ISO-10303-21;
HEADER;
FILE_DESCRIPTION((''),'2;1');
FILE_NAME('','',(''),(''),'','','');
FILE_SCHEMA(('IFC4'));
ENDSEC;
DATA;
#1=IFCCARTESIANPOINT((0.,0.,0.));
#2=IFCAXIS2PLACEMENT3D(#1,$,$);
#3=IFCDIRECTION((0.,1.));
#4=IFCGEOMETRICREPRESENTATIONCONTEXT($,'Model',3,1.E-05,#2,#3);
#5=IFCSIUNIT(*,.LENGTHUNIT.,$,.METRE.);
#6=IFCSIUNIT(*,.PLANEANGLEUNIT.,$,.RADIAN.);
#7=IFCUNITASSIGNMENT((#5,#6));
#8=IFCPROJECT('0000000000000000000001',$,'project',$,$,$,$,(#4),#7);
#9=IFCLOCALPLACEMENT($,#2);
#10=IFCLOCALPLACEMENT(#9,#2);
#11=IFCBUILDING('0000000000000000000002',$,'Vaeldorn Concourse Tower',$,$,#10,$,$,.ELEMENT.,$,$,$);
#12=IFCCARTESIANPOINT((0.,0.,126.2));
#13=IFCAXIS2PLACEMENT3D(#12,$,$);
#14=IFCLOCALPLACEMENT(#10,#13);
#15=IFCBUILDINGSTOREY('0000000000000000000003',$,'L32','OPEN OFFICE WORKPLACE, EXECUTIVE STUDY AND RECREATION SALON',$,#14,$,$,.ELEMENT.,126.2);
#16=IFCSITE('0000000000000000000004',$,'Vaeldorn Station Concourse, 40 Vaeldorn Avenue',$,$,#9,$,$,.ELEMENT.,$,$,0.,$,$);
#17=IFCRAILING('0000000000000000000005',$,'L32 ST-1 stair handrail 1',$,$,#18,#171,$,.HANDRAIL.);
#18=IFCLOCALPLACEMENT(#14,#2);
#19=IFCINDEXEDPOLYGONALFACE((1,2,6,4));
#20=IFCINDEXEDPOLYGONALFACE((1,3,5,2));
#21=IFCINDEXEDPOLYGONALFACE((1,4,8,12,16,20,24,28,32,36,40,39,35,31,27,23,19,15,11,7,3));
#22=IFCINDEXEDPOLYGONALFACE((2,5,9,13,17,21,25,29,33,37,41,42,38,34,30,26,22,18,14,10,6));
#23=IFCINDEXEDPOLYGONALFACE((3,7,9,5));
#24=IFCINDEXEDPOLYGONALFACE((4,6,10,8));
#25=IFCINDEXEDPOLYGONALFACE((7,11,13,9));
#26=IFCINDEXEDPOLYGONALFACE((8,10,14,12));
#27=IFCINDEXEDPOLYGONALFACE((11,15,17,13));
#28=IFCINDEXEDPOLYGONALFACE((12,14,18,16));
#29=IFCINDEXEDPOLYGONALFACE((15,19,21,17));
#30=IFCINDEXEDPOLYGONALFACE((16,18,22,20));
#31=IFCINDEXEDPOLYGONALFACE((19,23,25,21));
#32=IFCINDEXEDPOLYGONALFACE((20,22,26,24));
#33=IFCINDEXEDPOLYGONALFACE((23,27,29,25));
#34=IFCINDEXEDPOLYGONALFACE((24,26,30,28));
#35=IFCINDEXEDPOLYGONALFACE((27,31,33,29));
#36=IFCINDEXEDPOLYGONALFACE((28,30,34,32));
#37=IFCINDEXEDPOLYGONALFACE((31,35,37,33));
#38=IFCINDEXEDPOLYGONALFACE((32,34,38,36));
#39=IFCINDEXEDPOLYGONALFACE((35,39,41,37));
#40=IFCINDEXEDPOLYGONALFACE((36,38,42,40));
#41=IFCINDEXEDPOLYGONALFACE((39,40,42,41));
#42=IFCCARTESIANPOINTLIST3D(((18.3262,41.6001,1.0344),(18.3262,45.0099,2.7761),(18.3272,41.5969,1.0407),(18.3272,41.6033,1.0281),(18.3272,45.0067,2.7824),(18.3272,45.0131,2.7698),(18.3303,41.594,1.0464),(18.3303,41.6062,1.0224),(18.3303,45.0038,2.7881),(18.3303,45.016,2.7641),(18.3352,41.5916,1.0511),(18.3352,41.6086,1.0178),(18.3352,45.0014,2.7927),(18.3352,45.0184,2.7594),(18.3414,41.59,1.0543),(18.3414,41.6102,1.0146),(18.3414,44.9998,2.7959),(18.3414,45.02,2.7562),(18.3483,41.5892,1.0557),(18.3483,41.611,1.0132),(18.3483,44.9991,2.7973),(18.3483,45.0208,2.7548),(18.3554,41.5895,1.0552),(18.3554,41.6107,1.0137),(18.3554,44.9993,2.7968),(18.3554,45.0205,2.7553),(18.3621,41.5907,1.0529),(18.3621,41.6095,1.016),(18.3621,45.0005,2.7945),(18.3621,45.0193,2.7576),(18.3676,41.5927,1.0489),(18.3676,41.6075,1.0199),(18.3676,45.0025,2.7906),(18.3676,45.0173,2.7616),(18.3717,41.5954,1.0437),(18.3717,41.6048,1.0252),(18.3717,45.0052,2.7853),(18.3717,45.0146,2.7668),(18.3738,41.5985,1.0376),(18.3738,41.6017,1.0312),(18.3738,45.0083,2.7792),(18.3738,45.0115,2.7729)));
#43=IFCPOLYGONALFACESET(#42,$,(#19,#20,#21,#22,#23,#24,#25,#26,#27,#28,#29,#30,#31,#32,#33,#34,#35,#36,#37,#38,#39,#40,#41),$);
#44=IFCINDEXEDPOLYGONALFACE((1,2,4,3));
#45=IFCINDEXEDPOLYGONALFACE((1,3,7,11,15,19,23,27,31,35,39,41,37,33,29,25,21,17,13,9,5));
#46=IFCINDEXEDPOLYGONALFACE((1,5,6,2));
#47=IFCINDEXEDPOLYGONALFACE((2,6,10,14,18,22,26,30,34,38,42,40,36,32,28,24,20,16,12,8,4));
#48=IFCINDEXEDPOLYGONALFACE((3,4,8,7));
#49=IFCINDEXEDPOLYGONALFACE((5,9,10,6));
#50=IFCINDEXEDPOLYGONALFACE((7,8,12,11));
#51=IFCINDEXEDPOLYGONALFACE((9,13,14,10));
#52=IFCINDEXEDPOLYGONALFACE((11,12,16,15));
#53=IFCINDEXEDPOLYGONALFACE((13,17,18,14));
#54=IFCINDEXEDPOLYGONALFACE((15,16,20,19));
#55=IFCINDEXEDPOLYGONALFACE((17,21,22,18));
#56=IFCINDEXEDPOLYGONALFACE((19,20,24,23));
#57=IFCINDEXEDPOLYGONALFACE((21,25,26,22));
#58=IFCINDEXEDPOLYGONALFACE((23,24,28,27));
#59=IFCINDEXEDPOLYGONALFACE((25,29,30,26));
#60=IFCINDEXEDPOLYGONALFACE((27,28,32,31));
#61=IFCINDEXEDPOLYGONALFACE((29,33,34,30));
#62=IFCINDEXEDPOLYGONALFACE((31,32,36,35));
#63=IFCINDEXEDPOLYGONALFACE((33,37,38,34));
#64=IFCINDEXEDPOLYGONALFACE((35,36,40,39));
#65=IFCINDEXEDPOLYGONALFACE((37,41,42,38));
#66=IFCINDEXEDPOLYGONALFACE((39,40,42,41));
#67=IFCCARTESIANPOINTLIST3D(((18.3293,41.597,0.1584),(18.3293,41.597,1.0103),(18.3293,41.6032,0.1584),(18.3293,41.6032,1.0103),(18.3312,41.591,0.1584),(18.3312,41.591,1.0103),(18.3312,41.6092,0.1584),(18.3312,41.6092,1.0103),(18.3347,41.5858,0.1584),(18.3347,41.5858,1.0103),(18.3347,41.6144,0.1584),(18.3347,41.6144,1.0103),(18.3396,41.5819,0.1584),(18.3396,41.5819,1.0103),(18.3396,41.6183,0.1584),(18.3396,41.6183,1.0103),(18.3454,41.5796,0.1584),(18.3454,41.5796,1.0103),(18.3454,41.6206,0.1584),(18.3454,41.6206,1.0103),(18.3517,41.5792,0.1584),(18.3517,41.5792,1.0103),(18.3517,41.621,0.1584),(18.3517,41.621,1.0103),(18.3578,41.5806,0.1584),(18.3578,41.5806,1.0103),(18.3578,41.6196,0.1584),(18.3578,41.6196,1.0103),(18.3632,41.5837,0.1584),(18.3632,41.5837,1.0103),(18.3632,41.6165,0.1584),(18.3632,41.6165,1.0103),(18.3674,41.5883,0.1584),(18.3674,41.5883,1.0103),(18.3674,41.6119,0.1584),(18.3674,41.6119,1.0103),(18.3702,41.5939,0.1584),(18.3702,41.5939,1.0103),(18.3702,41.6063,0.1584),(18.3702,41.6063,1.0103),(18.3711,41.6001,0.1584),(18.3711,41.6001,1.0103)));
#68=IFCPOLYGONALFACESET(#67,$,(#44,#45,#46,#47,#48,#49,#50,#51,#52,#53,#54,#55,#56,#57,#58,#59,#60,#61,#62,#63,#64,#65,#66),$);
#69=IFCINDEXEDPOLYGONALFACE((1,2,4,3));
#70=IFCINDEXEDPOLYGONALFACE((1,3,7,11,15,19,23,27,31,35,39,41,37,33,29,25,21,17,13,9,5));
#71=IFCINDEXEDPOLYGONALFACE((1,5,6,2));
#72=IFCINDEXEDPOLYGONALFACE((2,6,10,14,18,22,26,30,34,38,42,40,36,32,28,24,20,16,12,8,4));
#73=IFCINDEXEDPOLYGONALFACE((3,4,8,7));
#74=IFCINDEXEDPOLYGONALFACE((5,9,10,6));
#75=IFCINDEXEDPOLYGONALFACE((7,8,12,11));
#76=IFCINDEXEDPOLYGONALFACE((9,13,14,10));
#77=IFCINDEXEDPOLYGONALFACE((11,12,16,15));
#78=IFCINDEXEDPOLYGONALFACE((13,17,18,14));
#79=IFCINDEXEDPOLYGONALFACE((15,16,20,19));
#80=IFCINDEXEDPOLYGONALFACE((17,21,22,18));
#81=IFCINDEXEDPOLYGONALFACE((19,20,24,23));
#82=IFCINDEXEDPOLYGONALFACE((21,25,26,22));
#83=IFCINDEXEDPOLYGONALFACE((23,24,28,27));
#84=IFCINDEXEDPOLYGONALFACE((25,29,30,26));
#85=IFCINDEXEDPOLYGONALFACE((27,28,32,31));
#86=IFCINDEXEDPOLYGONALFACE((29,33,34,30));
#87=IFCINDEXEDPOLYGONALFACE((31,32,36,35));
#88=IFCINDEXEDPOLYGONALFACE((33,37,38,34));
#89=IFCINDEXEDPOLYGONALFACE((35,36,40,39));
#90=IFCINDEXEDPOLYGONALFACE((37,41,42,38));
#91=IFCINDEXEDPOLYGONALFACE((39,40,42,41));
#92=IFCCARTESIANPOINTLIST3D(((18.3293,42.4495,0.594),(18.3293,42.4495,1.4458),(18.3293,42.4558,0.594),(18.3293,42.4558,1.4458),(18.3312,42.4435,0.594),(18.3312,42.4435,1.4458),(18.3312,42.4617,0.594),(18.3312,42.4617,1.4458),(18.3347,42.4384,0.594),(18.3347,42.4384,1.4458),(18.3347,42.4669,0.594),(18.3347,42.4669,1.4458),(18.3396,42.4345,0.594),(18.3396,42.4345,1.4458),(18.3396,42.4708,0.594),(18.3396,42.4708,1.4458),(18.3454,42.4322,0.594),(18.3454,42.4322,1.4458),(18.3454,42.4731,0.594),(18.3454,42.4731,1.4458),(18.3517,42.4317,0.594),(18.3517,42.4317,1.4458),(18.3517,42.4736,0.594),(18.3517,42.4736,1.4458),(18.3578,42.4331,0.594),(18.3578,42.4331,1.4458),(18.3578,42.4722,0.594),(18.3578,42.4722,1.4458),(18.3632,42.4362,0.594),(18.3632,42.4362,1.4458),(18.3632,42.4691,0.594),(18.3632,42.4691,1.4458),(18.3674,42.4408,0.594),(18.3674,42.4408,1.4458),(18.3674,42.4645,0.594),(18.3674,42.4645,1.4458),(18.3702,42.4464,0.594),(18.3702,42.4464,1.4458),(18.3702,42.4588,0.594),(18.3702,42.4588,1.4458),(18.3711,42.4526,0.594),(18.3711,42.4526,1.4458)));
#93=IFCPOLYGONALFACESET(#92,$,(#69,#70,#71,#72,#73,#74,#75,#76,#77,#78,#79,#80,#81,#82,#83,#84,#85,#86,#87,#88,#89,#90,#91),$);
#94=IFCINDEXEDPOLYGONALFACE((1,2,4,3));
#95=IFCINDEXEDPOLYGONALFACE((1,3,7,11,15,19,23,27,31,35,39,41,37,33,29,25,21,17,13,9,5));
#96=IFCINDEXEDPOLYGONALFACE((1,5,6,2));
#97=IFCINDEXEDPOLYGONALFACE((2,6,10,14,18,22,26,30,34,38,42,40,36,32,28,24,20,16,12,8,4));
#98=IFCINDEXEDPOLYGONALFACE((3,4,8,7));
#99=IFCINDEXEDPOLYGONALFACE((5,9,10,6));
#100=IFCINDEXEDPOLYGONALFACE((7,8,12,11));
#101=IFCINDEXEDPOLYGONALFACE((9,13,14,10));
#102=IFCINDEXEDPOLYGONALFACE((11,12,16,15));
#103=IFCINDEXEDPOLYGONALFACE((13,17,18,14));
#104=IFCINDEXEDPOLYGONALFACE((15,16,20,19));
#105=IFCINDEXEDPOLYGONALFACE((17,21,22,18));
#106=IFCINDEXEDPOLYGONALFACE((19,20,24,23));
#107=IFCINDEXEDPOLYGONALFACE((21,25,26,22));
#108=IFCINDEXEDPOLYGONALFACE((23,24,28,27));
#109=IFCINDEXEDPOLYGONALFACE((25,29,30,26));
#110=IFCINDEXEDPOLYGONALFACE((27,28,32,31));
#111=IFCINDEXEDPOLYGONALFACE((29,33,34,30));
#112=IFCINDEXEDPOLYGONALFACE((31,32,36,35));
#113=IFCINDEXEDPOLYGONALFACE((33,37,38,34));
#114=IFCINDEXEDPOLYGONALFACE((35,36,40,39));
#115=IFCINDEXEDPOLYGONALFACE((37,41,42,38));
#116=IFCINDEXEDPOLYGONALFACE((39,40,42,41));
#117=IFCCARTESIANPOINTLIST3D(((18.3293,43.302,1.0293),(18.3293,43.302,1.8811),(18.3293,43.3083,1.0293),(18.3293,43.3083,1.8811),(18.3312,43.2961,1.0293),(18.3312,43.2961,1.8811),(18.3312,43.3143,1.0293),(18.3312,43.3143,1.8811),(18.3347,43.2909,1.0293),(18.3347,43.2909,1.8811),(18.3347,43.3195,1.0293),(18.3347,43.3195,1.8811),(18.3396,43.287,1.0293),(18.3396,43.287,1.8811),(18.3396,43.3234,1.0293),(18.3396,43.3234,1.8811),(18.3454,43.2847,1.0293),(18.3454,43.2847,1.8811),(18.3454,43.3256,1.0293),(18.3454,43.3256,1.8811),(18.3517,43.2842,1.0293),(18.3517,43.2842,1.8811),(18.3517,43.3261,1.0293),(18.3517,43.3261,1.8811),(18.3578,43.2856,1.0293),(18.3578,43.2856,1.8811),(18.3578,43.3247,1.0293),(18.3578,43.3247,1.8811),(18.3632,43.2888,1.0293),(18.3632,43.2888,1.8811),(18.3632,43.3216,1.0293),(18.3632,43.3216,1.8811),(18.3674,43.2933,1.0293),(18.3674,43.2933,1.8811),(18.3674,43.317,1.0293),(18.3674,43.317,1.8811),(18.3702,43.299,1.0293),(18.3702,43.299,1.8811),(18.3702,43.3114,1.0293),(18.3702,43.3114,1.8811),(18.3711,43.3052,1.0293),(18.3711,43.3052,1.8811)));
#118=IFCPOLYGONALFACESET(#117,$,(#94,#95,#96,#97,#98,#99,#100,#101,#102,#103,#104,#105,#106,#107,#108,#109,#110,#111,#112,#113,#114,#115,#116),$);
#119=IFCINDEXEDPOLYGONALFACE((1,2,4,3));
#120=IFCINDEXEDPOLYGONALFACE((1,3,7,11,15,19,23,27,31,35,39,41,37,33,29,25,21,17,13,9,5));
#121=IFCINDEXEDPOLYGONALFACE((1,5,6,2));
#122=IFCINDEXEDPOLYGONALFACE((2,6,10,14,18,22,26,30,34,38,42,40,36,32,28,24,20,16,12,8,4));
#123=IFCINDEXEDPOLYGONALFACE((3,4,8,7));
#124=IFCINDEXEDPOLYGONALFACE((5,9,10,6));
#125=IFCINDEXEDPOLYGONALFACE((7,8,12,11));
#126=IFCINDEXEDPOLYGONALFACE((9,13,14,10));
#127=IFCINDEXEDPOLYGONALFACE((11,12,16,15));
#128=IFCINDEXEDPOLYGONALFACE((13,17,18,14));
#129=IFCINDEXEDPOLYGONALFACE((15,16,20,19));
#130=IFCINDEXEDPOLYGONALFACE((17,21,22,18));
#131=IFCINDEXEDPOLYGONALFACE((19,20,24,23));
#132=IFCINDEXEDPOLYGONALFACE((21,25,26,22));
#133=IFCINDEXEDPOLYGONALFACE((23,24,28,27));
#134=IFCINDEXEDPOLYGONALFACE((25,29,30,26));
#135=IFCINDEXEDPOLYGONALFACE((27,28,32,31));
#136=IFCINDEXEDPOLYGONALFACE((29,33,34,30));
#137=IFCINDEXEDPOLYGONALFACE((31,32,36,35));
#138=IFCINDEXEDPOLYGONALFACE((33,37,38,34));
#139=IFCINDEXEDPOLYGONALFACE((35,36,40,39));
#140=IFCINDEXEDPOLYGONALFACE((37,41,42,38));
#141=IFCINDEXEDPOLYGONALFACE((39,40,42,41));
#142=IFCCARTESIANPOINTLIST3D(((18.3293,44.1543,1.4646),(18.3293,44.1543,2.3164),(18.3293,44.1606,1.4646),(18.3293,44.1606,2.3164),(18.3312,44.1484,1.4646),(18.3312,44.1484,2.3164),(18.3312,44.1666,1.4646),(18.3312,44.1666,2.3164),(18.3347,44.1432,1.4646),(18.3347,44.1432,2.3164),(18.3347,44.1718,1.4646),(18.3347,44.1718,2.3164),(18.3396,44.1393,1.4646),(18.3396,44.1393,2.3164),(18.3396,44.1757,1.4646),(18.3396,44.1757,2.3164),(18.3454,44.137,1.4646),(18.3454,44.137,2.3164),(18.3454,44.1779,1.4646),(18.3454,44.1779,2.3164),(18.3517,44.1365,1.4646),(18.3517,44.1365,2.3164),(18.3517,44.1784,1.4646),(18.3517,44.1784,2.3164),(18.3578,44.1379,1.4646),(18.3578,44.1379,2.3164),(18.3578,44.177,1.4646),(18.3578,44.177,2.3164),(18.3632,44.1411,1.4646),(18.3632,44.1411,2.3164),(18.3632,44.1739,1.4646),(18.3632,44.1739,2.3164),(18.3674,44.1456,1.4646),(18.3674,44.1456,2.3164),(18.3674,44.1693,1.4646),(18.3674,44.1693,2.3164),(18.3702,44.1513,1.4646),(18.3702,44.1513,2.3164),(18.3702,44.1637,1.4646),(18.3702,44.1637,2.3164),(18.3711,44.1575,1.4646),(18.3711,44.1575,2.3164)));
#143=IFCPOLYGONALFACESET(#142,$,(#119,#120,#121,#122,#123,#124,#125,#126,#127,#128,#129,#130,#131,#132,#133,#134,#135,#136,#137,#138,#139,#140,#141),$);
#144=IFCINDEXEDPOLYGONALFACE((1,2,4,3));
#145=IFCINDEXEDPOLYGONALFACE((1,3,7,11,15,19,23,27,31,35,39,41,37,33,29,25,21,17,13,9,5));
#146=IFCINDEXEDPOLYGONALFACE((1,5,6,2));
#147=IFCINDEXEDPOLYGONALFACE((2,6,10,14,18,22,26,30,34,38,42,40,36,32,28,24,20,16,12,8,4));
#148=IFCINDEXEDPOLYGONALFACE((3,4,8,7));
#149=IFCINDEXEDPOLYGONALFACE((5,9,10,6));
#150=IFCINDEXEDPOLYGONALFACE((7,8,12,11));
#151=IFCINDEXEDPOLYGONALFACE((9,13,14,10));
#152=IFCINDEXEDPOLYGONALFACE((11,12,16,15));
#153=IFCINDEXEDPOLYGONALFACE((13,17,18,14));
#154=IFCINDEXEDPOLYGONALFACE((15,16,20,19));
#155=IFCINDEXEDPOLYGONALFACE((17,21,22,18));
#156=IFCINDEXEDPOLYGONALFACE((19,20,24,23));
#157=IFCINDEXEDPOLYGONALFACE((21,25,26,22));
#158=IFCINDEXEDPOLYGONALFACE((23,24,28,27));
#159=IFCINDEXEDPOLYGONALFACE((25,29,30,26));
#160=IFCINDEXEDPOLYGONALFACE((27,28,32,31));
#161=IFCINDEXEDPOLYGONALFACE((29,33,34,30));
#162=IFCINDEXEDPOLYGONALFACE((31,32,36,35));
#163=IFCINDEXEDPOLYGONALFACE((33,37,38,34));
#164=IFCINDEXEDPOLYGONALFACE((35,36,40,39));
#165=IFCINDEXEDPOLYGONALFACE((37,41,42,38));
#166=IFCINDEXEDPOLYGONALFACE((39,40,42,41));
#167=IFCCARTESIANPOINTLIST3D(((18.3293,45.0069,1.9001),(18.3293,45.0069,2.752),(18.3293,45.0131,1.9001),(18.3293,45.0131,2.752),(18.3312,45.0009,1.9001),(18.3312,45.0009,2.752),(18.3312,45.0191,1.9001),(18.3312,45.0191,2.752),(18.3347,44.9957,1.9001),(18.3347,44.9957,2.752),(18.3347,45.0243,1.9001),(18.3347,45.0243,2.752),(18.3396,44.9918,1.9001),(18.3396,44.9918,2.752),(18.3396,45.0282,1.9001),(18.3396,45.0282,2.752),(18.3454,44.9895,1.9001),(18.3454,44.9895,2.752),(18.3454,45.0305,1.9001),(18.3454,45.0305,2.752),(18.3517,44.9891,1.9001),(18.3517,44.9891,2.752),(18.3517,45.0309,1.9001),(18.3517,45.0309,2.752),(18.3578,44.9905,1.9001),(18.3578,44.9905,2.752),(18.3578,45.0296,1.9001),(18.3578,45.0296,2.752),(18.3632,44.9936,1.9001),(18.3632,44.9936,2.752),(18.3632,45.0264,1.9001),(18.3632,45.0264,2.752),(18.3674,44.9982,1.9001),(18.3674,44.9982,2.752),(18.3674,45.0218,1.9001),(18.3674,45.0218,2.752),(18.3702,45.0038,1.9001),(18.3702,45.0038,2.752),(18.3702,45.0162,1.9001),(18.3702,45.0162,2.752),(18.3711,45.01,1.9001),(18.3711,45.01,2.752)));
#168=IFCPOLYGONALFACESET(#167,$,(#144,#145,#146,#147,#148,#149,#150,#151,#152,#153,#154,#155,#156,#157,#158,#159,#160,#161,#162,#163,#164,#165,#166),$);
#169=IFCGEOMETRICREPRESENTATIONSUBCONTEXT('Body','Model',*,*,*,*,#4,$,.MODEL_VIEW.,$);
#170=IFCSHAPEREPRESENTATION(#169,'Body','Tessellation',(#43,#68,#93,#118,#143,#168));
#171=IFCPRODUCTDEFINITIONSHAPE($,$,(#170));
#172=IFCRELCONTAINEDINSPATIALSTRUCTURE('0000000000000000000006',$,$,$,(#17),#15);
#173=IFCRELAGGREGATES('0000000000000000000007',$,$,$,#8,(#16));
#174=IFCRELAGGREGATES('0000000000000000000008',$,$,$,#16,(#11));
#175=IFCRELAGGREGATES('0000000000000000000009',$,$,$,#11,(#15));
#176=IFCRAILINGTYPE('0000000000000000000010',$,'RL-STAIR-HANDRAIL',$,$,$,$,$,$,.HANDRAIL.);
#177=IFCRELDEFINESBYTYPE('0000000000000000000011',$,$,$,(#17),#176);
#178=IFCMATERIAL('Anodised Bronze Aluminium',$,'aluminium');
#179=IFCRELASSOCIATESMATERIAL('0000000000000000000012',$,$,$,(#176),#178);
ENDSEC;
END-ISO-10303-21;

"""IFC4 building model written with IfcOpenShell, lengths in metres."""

from ifc_helpers import new_model, si_unit, direction, frame, origin, origin_2d, place, context, subcontext, project, spatial, circle, extrude, material, type_object, element, save


model = new_model("IFC4")

# Units and contexts
model_context = context("Model", 3, precision=1e-05, world=origin(), true_north=direction((0.0, 1.0)))
body_context = subcontext(model_context, "Body", "Model", "MODEL_VIEW")
ifc_project = project(units=[si_unit("LENGTHUNIT", "METRE"), si_unit("PLANEANGLEUNIT", "RADIAN")], contexts=[model_context])

# Site, building, storey
site_placement = place(None, origin())
site = spatial("IfcSite", under=ifc_project, at=site_placement, Name="Vaeldorn Station Concourse, 40 Vaeldorn Avenue", CompositionType="ELEMENT", RefElevation=0.0)
building_placement = place(site_placement, origin())
building = spatial("IfcBuilding", under=site, at=building_placement, Name="Vaeldorn Concourse Tower", CompositionType="ELEMENT")
storey_placement = place(building_placement, frame((0.0, 0.0, 126.2)))
storey = spatial("IfcBuildingStorey", under=building, at=storey_placement, Name="L32", Description="OPEN OFFICE WORKPLACE, EXECUTIVE STUDY AND RECREATION SALON", CompositionType="ELEMENT", Elevation=126.2)

# Shared definitions
ifc_material_1 = material(Name="Anodised Bronze Aluminium", Category="aluminium")

# Railing
railing_type_1 = type_object("IfcRailingType", Name="RL-STAIR-HANDRAIL", PredefinedType="HANDRAIL", material=ifc_material_1)
railing_1_placement = place(storey_placement, frame((18.3501, 41.6001, 0.1584)))
element("IfcRailing", 1, at=railing_1_placement, inside=storey, type_object=railing_type_1, Name="L32 ST-1 stair handrail 1", PredefinedType="HANDRAIL", context=body_context, shape_type="SweptSolid", body=[
    extrude(circle(Radius=0.0239, at=origin_2d()), frame((0.0, 0.0, 0.876), z_axis=(0.0, 0.890556, 0.454874), x_axis=(-1.0, 0.0, 0.0)), (0.0, 0.0, 1.0), 3.8289),
    extrude(circle(Radius=0.021, at=origin_2d()), origin(), (0.0, 0.0, 1.0), 0.8518),
    extrude(circle(Radius=0.021, at=origin_2d()), frame((0.0, 0.8525, 0.4355)), (0.0, 0.0, 1.0), 0.8518),
    extrude(circle(Radius=0.021, at=origin_2d()), frame((0.0, 1.7051, 0.8708)), (0.0, 0.0, 1.0), 0.8518),
    extrude(circle(Radius=0.021, at=origin_2d()), frame((0.0, 2.5574, 1.3062)), (0.0, 0.0, 1.0), 0.8518),
    extrude(circle(Radius=0.021, at=origin_2d()), frame((0.0, 3.4099, 1.7417)), (0.0, 0.0, 1.0), 0.8518),
])

save(model, "model.ifc")
